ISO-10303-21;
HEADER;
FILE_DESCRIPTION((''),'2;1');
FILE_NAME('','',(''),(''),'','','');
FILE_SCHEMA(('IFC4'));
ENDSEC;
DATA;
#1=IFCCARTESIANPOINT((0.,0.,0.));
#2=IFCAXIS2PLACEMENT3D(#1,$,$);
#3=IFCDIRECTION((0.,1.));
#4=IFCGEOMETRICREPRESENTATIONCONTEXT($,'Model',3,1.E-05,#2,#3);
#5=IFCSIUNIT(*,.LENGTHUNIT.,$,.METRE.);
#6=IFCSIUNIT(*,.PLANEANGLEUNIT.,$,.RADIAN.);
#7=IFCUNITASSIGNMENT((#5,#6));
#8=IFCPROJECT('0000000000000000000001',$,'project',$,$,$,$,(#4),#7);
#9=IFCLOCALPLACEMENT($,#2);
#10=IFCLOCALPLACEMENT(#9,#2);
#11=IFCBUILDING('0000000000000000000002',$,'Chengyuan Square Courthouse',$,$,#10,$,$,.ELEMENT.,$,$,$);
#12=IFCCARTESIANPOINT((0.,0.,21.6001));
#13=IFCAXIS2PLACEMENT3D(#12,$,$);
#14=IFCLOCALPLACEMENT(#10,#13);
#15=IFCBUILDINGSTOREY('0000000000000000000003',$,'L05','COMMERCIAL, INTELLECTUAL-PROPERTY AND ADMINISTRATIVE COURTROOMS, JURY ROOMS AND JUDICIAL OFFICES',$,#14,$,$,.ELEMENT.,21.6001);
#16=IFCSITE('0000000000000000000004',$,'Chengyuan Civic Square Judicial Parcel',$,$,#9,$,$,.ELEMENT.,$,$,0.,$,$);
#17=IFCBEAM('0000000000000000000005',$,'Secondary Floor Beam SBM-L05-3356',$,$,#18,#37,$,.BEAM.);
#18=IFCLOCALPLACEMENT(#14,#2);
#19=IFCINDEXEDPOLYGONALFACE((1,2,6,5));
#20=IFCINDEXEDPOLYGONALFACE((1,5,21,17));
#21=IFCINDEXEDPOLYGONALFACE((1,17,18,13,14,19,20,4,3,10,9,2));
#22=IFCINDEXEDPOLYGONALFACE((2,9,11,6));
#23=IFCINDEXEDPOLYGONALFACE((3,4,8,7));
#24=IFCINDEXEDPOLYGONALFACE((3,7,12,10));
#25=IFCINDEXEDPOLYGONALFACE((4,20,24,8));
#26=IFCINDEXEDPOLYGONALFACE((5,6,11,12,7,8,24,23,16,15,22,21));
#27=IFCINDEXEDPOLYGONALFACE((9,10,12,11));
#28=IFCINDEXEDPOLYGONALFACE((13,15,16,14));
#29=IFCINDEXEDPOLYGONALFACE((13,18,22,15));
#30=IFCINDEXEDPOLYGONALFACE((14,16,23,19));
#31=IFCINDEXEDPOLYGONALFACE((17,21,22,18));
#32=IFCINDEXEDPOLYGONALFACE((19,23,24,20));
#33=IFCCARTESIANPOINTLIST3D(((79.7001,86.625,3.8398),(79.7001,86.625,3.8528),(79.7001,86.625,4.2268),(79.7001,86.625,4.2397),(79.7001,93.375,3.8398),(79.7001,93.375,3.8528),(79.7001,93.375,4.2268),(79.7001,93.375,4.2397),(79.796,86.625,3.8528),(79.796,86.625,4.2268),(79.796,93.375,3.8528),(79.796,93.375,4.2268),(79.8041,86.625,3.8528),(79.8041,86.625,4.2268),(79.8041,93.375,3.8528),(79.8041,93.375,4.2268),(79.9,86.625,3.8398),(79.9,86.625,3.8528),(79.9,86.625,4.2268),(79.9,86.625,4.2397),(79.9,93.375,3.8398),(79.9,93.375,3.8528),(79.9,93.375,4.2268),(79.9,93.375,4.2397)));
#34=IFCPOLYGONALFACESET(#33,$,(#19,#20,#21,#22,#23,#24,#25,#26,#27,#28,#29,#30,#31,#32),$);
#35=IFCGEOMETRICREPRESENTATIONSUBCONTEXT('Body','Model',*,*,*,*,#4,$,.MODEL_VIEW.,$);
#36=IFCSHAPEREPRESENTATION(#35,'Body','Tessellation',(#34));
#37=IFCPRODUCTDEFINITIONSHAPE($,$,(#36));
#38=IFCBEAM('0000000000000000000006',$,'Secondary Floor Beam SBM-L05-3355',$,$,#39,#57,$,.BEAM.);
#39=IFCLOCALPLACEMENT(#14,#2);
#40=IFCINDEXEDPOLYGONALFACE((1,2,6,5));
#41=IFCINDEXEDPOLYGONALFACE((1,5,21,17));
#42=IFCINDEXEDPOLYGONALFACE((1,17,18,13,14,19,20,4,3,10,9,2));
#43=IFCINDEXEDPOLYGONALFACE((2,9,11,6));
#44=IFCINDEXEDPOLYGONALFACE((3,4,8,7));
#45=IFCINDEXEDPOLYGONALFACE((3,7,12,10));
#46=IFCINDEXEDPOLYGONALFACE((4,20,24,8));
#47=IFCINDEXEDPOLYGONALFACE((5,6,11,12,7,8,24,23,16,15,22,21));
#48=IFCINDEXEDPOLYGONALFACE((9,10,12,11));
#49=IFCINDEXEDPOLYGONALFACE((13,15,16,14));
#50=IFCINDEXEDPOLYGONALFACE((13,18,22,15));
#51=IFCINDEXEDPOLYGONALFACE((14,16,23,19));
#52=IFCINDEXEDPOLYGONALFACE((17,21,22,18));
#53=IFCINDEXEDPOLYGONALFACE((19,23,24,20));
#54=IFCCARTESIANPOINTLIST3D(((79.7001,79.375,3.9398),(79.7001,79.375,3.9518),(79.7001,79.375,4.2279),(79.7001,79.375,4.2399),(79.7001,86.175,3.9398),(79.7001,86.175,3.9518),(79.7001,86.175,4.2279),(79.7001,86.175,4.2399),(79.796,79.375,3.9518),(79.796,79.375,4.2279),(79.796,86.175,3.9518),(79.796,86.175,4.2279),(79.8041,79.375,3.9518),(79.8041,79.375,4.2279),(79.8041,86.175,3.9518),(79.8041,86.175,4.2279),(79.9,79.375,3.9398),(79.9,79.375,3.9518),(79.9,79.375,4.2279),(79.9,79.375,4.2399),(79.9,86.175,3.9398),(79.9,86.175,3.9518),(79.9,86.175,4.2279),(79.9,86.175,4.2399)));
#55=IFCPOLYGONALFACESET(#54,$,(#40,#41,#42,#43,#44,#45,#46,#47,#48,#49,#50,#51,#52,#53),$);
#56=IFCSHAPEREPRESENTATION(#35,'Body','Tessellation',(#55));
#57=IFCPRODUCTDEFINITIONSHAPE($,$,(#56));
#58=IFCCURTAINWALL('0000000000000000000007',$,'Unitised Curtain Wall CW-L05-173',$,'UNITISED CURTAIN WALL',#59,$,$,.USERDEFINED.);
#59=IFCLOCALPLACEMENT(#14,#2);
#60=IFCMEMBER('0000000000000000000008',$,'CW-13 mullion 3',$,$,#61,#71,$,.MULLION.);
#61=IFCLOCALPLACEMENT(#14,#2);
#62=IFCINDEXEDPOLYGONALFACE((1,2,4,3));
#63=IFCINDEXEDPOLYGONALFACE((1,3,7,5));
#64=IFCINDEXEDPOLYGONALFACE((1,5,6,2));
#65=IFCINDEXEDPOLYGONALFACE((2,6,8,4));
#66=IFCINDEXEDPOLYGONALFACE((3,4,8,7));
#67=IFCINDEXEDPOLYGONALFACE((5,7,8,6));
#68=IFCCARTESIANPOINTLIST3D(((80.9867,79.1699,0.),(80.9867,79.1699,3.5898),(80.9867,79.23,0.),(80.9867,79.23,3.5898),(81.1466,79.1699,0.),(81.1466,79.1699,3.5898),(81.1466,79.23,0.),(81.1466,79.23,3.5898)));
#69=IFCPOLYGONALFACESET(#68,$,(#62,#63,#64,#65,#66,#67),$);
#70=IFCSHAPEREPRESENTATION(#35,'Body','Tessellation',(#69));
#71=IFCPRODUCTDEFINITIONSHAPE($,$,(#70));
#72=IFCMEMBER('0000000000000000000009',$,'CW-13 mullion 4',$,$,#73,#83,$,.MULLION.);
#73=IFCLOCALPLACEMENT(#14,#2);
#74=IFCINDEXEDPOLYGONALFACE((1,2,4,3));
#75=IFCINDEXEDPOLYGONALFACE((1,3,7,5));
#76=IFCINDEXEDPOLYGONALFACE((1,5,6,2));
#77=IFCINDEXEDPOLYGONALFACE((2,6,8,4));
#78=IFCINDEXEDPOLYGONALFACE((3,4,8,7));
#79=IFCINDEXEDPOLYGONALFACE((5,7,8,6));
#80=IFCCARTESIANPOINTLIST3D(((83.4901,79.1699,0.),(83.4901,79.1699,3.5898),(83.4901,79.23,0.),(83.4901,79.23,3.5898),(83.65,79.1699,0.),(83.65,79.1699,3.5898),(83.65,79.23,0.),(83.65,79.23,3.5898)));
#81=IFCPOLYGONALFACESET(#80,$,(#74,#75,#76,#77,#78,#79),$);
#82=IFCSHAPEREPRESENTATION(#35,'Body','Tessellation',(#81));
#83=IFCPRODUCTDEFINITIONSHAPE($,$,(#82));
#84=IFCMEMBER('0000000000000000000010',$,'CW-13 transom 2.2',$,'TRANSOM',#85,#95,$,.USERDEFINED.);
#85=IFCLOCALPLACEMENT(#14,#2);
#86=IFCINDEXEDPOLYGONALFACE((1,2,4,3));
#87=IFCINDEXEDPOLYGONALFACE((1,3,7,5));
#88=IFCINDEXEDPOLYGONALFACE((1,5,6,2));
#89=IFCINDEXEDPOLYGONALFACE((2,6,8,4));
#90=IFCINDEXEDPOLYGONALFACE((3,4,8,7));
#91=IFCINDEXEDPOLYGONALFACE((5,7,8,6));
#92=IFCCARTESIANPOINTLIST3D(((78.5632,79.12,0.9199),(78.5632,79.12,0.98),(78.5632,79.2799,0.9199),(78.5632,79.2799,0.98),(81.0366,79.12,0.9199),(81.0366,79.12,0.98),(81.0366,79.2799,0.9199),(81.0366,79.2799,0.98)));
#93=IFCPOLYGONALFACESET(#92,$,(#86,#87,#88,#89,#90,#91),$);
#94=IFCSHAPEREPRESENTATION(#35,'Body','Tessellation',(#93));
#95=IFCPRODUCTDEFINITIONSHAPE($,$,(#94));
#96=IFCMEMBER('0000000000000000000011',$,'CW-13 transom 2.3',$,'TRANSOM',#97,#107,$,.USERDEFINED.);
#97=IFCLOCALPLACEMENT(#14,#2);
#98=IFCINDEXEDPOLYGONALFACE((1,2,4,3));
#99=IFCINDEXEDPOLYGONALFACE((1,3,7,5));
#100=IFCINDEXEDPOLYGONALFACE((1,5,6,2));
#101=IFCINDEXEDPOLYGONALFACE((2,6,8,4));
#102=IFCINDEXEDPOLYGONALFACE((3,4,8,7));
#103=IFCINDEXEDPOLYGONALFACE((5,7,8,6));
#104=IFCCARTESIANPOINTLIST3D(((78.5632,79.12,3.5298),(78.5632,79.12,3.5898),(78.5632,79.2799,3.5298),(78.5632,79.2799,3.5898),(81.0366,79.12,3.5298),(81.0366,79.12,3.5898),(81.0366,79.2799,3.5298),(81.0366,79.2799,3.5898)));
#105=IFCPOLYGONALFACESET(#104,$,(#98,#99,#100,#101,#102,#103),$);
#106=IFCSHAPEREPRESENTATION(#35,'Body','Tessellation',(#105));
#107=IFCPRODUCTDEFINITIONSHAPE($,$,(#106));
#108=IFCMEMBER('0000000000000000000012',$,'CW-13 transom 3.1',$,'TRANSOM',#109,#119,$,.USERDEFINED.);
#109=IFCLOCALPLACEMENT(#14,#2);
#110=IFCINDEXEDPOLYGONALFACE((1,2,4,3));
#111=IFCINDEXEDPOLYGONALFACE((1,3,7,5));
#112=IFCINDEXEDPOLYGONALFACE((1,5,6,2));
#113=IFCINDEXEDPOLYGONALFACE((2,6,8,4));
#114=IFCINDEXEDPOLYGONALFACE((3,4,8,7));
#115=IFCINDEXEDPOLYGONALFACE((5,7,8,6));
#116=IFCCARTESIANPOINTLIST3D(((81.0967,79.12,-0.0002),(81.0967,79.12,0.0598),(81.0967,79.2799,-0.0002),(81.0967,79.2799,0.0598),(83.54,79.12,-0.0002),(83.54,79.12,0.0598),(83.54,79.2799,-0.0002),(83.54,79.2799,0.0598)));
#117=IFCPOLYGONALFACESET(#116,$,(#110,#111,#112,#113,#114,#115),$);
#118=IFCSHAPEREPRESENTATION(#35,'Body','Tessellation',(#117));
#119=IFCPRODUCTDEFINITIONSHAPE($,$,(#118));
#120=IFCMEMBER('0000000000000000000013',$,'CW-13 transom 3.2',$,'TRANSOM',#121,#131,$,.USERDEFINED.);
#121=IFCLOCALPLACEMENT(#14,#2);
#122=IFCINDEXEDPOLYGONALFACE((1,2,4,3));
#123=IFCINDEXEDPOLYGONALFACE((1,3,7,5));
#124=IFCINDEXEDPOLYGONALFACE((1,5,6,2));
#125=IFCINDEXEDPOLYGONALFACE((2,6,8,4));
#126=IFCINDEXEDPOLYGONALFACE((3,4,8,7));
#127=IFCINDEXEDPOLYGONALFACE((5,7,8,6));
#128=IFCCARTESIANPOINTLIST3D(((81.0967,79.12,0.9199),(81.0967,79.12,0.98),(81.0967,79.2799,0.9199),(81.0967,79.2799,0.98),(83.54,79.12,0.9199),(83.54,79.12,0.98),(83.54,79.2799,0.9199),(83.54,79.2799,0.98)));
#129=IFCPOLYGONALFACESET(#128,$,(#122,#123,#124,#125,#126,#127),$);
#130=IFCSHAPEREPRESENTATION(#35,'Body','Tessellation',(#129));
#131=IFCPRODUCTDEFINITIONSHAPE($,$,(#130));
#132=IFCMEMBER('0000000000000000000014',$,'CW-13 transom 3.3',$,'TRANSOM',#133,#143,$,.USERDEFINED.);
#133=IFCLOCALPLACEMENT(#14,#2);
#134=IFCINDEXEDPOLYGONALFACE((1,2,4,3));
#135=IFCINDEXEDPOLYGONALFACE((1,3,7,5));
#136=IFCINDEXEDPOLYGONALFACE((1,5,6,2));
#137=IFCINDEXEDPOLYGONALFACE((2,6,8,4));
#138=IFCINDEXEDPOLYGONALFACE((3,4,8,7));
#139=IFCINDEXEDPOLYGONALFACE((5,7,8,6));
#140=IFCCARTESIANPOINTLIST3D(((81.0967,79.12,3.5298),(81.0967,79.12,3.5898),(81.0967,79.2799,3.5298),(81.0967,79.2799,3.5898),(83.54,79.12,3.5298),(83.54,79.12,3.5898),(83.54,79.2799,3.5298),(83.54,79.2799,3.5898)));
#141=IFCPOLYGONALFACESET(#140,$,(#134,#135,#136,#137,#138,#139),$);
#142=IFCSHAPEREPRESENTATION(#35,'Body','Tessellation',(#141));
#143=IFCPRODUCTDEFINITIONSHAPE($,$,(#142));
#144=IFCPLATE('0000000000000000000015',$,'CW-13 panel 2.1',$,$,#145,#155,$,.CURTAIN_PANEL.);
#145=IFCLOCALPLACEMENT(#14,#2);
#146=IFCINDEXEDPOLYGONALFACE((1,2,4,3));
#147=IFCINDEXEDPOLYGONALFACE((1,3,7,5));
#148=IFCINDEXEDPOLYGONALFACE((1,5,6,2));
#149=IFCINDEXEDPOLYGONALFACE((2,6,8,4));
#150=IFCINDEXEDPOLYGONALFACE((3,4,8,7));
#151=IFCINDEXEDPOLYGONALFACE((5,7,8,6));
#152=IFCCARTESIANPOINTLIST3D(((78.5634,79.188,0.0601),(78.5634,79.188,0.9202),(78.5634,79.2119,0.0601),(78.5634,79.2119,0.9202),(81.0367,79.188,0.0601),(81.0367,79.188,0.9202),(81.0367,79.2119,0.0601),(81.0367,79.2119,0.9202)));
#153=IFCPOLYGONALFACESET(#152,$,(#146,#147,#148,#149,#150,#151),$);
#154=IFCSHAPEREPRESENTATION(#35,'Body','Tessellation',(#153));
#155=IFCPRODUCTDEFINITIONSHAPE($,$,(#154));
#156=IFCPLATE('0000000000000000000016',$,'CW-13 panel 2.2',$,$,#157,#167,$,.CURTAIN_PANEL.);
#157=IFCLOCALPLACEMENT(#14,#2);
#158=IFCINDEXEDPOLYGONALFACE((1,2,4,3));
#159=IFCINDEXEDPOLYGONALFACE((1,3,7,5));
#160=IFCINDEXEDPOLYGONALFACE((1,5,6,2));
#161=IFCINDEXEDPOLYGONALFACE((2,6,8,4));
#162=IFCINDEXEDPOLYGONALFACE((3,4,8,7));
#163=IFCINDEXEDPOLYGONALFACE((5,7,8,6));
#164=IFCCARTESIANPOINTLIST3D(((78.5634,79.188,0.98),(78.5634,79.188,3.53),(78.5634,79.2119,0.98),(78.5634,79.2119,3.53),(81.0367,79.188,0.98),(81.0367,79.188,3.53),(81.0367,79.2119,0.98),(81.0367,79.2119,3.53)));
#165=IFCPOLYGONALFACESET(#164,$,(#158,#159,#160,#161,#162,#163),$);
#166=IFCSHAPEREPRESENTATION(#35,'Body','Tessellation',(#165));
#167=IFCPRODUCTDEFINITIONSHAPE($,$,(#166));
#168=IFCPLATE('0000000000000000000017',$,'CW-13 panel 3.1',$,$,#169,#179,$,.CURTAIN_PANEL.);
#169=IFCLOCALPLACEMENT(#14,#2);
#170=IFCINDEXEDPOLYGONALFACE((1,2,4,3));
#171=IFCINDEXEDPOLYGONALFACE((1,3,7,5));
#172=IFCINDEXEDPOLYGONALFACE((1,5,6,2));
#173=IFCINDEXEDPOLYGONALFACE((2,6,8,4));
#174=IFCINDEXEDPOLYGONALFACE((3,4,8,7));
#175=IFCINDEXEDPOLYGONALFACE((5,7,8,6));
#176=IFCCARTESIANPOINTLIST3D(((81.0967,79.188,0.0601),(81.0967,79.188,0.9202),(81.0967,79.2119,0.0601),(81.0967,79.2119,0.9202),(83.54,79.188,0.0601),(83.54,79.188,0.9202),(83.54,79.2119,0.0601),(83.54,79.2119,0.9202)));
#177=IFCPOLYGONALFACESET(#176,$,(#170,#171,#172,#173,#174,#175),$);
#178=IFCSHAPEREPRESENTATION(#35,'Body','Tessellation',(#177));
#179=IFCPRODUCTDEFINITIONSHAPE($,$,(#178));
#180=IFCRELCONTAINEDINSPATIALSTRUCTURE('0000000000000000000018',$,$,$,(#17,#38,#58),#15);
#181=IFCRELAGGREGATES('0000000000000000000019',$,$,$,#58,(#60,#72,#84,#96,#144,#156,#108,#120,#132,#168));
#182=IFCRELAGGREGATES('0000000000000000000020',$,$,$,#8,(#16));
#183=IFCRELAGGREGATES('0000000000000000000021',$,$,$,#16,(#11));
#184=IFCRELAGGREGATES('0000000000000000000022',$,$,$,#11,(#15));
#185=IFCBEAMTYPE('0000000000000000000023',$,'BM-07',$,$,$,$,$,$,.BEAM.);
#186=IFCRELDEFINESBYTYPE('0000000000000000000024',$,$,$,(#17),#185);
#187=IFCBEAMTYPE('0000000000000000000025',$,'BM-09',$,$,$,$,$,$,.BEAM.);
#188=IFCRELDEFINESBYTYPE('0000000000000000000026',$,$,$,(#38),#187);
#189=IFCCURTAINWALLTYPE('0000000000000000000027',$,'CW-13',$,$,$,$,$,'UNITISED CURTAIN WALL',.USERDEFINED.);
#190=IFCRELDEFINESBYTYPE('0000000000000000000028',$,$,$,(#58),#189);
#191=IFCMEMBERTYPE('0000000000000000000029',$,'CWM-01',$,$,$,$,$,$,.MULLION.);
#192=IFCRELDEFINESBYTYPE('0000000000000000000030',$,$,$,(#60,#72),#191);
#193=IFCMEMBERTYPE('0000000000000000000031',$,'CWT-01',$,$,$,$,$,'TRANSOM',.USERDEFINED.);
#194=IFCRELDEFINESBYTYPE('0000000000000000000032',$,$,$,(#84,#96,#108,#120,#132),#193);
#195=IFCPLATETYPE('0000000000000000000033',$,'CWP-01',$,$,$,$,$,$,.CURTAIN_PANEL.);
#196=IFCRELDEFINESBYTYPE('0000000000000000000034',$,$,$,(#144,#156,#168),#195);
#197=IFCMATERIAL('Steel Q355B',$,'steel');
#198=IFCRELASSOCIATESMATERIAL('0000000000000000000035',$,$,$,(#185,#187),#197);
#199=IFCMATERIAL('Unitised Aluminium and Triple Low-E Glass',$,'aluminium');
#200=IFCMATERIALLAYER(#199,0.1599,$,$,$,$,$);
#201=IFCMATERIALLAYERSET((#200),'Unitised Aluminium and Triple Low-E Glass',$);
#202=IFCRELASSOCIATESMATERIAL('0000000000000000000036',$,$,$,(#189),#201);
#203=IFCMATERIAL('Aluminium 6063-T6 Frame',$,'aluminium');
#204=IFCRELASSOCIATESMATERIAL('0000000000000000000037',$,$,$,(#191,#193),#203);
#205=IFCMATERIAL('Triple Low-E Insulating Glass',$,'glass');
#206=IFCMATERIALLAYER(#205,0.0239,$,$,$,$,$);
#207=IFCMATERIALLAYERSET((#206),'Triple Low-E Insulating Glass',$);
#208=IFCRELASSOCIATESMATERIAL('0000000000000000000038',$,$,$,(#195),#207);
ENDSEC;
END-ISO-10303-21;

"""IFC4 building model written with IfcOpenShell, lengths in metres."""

from ifc_helpers import new_model, si_unit, direction, frame, origin, origin_2d, place, context, subcontext, project, spatial, rectangle, i_section, extrude, material, layer, layer_set, material_profile, profile_set, type_object, element, aggregate, save


model = new_model("IFC4")

# Units and contexts
model_context = context("Model", 3, precision=1e-05, world=origin(), true_north=direction((0.0, 1.0)))
body_context = subcontext(model_context, "Body", "Model", "MODEL_VIEW")
ifc_project = project(units=[si_unit("LENGTHUNIT", "METRE"), si_unit("PLANEANGLEUNIT", "RADIAN")], contexts=[model_context])

# Site, building, storey
site_placement = place(None, origin())
site = spatial("IfcSite", under=ifc_project, at=site_placement, Name="Chengyuan Civic Square Judicial Parcel", CompositionType="ELEMENT", RefElevation=0.0)
building_placement = place(site_placement, origin())
building = spatial("IfcBuilding", under=site, at=building_placement, Name="Chengyuan Square Courthouse", CompositionType="ELEMENT")
storey_placement = place(building_placement, frame((0.0, 0.0, 21.6001)))
storey = spatial("IfcBuildingStorey", under=building, at=storey_placement, Name="L05", Description="COMMERCIAL, INTELLECTUAL-PROPERTY AND ADMINISTRATIVE COURTROOMS, JURY ROOMS AND JUDICIAL OFFICES", CompositionType="ELEMENT", Elevation=21.6001)

# Beams
ifc_material_1 = material(Name="Steel Q355B", Category="steel")
ifc_material_profile_1 = material_profile(ifc_material_1, i_section(OverallWidth=0.2, OverallDepth=0.3999, WebThickness=0.0081, FlangeThickness=0.0129, at=origin_2d()), Name="HN 400x200x8x13")
ifc_profile_set_1 = profile_set([ifc_material_profile_1], Name="Steel Q355B")
beam_type_1 = type_object("IfcBeamType", Name="BM-07", PredefinedType="BEAM", material=ifc_profile_set_1)
beam_1_placement = place(storey_placement, frame((79.8, 86.625, 4.0398), z_axis=(0.0, 1.0, 0.0), x_axis=(-1.0, 0.0, 0.0)))
element("IfcBeam", 1, at=beam_1_placement, inside=storey, type_object=beam_type_1, Name="Secondary Floor Beam SBM-L05-3356", PredefinedType="BEAM", context=body_context, shape_type="SweptSolid", body=[
    extrude(i_section(OverallWidth=0.2, OverallDepth=0.3999, WebThickness=0.0081, FlangeThickness=0.0129, at=origin_2d()), origin(), (0.0, 0.0, 1.0), 6.75),
])
ifc_material_profile_2 = material_profile(ifc_material_1, i_section(OverallWidth=0.2, OverallDepth=0.3, WebThickness=0.0081, FlangeThickness=0.012, at=origin_2d()), Name="HM 300x200x8x12")
ifc_profile_set_2 = profile_set([ifc_material_profile_2], Name="Steel Q355B")
beam_type_2 = type_object("IfcBeamType", Name="BM-09", PredefinedType="BEAM", material=ifc_profile_set_2)
beam_2_placement = place(storey_placement, frame((79.8, 79.375, 4.0898), z_axis=(0.0, 1.0, 0.0), x_axis=(-1.0, 0.0, 0.0)))
element("IfcBeam", 2, at=beam_2_placement, inside=storey, type_object=beam_type_2, Name="Secondary Floor Beam SBM-L05-3355", PredefinedType="BEAM", context=body_context, shape_type="SweptSolid", body=[
    extrude(i_section(OverallWidth=0.2, OverallDepth=0.3, WebThickness=0.0081, FlangeThickness=0.012, at=origin_2d()), origin(), (0.0, 0.0, 1.0), 6.8),
])

# Curtain wall, members, plates
ifc_material_2 = material(Name="Unitised Aluminium and Triple Low-E Glass", Category="aluminium")
ifc_layer_1 = layer(ifc_material_2, 0.1599)
ifc_layer_set_1 = layer_set([ifc_layer_1], Name="Unitised Aluminium and Triple Low-E Glass")
curtain_wall_type = type_object("IfcCurtainWallType", Name="CW-13", ElementType="UNITISED CURTAIN WALL", PredefinedType="USERDEFINED", material=ifc_layer_set_1)
curtain_wall_placement = place(storey_placement, origin())
curtain_wall = element("IfcCurtainWall", 3, at=curtain_wall_placement, inside=storey, type_object=curtain_wall_type, Name="Unitised Curtain Wall CW-L05-173", ObjectType="UNITISED CURTAIN WALL", PredefinedType="USERDEFINED")
ifc_material_3 = material(Name="Aluminium 6063-T6 Frame", Category="aluminium")
ifc_material_profile_3 = material_profile(ifc_material_3, rectangle(XDim=0.0601, YDim=0.1599, at=origin_2d()), Name="CW-MUL-60x160")
ifc_profile_set_3 = profile_set([ifc_material_profile_3], Name="Aluminium 6063-T6 Frame")
member_type_1 = type_object("IfcMemberType", Name="CWM-01", PredefinedType="MULLION", material=ifc_profile_set_3)
member_1_placement = place(storey_placement, frame((81.0667, 79.2, 0.0), z_axis=(0.0, 0.0, 1.0), x_axis=(0.0, 1.0, 0.0)))
member_1 = element("IfcMember", 4, at=member_1_placement, type_object=member_type_1, Name="CW-13 mullion 3", PredefinedType="MULLION", context=body_context, shape_type="SweptSolid", body=[
    extrude(rectangle(XDim=0.0601, YDim=0.1599, at=origin_2d()), origin(), (0.0, 0.0, 1.0), 3.5898),
])
member_2_placement = place(storey_placement, frame((83.5701, 79.2, 0.0), z_axis=(0.0, 0.0, 1.0), x_axis=(0.0, 1.0, 0.0)))
member_2 = element("IfcMember", 5, at=member_2_placement, type_object=member_type_1, Name="CW-13 mullion 4", PredefinedType="MULLION", context=body_context, shape_type="SweptSolid", body=[
    extrude(rectangle(XDim=0.0601, YDim=0.1599, at=origin_2d()), origin(), (0.0, 0.0, 1.0), 3.5898),
])
ifc_material_profile_4 = material_profile(ifc_material_3, rectangle(XDim=0.1599, YDim=0.0601, at=origin_2d()), Name="CW-TRN-60x120")
ifc_profile_set_4 = profile_set([ifc_material_profile_4], Name="Aluminium 6063-T6 Frame")
member_type_2 = type_object("IfcMemberType", Name="CWT-01", ElementType="TRANSOM", PredefinedType="USERDEFINED", material=ifc_profile_set_4)
member_3_placement = place(storey_placement, frame((78.5632, 79.2, 0.95), z_axis=(1.0, 0.0, 0.0), x_axis=(0.0, 1.0, 0.0)))
member_3 = element("IfcMember", 6, at=member_3_placement, type_object=member_type_2, Name="CW-13 transom 2.2", ObjectType="TRANSOM", PredefinedType="USERDEFINED", context=body_context, shape_type="SweptSolid", body=[
    extrude(rectangle(XDim=0.1599, YDim=0.0601, at=origin_2d()), origin(), (0.0, 0.0, 1.0), 2.4734),
])
member_4_placement = place(storey_placement, frame((78.5632, 79.2, 3.5598), z_axis=(1.0, 0.0, 0.0), x_axis=(0.0, 1.0, 0.0)))
member_4 = element("IfcMember", 7, at=member_4_placement, type_object=member_type_2, Name="CW-13 transom 2.3", ObjectType="TRANSOM", PredefinedType="USERDEFINED", context=body_context, shape_type="SweptSolid", body=[
    extrude(rectangle(XDim=0.1599, YDim=0.0601, at=origin_2d()), origin(), (0.0, 0.0, 1.0), 2.4734),
])
member_5_placement = place(storey_placement, frame((81.0967, 79.2, 0.0298), z_axis=(1.0, 0.0, 0.0), x_axis=(0.0, 1.0, 0.0)))
member_5 = element("IfcMember", 8, at=member_5_placement, type_object=member_type_2, Name="CW-13 transom 3.1", ObjectType="TRANSOM", PredefinedType="USERDEFINED", context=body_context, shape_type="SweptSolid", body=[
    extrude(rectangle(XDim=0.1599, YDim=0.0601, at=origin_2d()), origin(), (0.0, 0.0, 1.0), 2.4434),
])
member_6_placement = place(storey_placement, frame((81.0967, 79.2, 0.95), z_axis=(1.0, 0.0, 0.0), x_axis=(0.0, 1.0, 0.0)))
member_6 = element("IfcMember", 9, at=member_6_placement, type_object=member_type_2, Name="CW-13 transom 3.2", ObjectType="TRANSOM", PredefinedType="USERDEFINED", context=body_context, shape_type="SweptSolid", body=[
    extrude(rectangle(XDim=0.1599, YDim=0.0601, at=origin_2d()), origin(), (0.0, 0.0, 1.0), 2.4434),
])
member_7_placement = place(storey_placement, frame((81.0967, 79.2, 3.5598), z_axis=(1.0, 0.0, 0.0), x_axis=(0.0, 1.0, 0.0)))
member_7 = element("IfcMember", 10, at=member_7_placement, type_object=member_type_2, Name="CW-13 transom 3.3", ObjectType="TRANSOM", PredefinedType="USERDEFINED", context=body_context, shape_type="SweptSolid", body=[
    extrude(rectangle(XDim=0.1599, YDim=0.0601, at=origin_2d()), origin(), (0.0, 0.0, 1.0), 2.4434),
])
ifc_material_4 = material(Name="Triple Low-E Insulating Glass", Category="glass")
ifc_layer_2 = layer(ifc_material_4, 0.0239)
ifc_layer_set_2 = layer_set([ifc_layer_2], Name="Triple Low-E Insulating Glass")
plate_type = type_object("IfcPlateType", Name="CWP-01", PredefinedType="CURTAIN_PANEL", material=ifc_layer_set_2)
plate_1_placement = place(storey_placement, frame((79.8, 79.2, 0.0601), z_axis=(0.0, 0.0, 1.0), x_axis=(1.0, 0.0, 0.0)))
plate_1 = element("IfcPlate", 11, at=plate_1_placement, type_object=plate_type, Name="CW-13 panel 2.1", PredefinedType="CURTAIN_PANEL", context=body_context, shape_type="SweptSolid", body=[
    extrude(rectangle(XDim=2.4734, YDim=0.0239, at=origin_2d()), origin(), (0.0, 0.0, 1.0), 0.8601),
])
plate_2_placement = place(storey_placement, frame((79.8, 79.2, 0.98), z_axis=(0.0, 0.0, 1.0), x_axis=(1.0, 0.0, 0.0)))
plate_2 = element("IfcPlate", 12, at=plate_2_placement, type_object=plate_type, Name="CW-13 panel 2.2", PredefinedType="CURTAIN_PANEL", context=body_context, shape_type="SweptSolid", body=[
    extrude(rectangle(XDim=2.4734, YDim=0.0239, at=origin_2d()), origin(), (0.0, 0.0, 1.0), 2.55),
])
plate_3_placement = place(storey_placement, frame((82.3184, 79.2, 0.0601), z_axis=(0.0, 0.0, 1.0), x_axis=(1.0, 0.0, 0.0)))
plate_3 = element("IfcPlate", 13, at=plate_3_placement, type_object=plate_type, Name="CW-13 panel 3.1", PredefinedType="CURTAIN_PANEL", context=body_context, shape_type="SweptSolid", body=[
    extrude(rectangle(XDim=2.4434, YDim=0.0239, at=origin_2d()), origin(), (0.0, 0.0, 1.0), 0.8601),
])
aggregate(curtain_wall, [member_1, member_2, member_3, member_4, plate_1, plate_2, member_5, member_6, member_7, plate_3])

save(model, "model.ifc")
